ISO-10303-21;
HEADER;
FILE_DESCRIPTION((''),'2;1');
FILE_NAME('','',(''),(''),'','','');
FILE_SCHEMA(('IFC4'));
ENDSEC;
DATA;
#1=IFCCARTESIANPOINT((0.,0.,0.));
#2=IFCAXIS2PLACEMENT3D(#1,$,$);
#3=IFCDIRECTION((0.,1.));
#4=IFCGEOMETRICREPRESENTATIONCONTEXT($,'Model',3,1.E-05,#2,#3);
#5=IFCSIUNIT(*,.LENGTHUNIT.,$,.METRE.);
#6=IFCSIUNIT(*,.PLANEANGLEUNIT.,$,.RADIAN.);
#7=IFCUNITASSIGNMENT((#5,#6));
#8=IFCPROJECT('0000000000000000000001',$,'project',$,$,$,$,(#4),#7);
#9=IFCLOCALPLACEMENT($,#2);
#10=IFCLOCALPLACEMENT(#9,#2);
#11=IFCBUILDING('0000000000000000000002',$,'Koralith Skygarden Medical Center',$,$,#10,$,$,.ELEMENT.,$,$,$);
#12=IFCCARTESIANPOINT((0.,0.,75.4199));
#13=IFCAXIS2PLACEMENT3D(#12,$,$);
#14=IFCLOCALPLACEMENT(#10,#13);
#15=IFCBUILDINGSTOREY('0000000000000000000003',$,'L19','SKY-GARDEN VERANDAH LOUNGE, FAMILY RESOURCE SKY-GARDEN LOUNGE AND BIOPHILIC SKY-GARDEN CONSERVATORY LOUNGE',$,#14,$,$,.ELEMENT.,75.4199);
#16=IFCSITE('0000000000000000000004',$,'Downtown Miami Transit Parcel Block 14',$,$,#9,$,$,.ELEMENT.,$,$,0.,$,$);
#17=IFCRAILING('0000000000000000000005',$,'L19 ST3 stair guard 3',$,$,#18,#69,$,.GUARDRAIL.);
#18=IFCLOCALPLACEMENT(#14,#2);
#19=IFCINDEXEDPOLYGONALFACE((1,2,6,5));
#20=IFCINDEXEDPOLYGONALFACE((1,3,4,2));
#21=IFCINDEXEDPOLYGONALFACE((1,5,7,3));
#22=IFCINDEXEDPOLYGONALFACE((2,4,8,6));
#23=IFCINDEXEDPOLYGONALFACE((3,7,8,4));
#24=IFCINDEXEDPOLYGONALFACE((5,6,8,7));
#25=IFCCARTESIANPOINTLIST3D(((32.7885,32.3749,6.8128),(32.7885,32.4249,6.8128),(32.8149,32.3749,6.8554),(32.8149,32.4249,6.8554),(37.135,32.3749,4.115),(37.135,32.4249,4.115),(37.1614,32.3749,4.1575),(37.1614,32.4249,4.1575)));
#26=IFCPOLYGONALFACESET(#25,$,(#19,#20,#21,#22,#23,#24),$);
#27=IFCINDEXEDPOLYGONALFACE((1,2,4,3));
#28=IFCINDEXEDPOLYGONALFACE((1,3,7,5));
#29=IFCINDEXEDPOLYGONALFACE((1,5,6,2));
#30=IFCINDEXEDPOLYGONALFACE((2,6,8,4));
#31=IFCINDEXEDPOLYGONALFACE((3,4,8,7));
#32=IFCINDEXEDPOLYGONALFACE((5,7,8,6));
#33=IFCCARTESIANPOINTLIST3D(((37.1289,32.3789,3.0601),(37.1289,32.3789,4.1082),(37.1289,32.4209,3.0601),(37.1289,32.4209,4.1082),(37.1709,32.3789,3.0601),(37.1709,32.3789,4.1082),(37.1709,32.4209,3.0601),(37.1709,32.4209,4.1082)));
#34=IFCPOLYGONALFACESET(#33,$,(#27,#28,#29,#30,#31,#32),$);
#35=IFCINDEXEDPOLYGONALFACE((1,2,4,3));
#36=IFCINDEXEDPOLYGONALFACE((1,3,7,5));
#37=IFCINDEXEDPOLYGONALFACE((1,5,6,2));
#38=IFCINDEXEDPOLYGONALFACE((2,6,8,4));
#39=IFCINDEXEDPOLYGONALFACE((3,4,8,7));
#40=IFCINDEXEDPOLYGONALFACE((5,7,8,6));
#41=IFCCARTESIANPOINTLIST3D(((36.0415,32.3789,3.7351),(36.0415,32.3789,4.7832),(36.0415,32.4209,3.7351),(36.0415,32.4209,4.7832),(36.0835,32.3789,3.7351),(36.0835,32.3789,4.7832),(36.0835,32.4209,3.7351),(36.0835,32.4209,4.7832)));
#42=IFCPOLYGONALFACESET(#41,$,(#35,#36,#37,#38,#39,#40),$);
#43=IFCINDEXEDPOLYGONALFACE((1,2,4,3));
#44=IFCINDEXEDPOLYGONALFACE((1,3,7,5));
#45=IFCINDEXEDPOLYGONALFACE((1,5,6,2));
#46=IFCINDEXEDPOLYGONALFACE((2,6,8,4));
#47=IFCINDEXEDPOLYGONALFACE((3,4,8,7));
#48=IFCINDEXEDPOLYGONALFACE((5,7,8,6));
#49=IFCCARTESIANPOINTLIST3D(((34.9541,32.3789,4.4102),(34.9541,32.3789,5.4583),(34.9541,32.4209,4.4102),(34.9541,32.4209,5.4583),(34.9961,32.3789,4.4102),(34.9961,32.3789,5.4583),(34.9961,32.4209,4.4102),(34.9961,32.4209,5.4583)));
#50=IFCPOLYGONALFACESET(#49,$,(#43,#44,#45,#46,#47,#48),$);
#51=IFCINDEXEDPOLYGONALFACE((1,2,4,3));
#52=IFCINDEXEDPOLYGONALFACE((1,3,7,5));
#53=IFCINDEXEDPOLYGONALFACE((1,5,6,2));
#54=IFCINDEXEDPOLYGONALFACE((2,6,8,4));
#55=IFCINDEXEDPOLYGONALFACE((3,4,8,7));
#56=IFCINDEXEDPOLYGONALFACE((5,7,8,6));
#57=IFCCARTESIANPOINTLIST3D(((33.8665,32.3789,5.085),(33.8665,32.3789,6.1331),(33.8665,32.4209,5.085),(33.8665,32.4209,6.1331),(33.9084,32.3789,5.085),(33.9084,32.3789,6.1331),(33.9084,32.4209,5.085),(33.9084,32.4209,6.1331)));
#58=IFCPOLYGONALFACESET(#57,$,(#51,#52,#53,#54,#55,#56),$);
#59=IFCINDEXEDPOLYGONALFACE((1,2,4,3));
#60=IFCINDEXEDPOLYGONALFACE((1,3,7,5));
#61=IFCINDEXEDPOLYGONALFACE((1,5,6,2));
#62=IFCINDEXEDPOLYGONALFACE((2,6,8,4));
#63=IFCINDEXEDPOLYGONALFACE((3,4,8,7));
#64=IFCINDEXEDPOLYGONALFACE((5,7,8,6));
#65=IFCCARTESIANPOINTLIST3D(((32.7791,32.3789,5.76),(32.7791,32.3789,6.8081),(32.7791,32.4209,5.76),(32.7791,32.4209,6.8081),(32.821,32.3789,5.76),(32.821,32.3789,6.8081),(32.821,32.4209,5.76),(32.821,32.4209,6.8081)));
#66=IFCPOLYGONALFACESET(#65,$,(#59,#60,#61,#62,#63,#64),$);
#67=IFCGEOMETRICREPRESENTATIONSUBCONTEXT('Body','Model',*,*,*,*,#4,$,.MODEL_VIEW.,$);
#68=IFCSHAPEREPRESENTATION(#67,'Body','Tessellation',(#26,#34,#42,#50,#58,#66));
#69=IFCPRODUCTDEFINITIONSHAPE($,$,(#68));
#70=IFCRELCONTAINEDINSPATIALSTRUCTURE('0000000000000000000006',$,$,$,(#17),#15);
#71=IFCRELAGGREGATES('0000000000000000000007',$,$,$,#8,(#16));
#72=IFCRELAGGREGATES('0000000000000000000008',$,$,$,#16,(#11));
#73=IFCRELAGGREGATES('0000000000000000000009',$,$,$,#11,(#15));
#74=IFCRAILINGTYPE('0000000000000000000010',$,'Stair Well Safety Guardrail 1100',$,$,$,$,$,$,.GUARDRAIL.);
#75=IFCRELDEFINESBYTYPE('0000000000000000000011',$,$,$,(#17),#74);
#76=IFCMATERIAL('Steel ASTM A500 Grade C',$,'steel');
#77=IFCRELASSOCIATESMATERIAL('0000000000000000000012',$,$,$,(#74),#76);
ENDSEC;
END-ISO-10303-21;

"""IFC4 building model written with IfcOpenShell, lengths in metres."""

from ifc_helpers import new_model, si_unit, direction, frame, origin, origin_2d, place, context, subcontext, project, spatial, rectangle, extrude, material, type_object, element, save


model = new_model("IFC4")

# Units and contexts
model_context = context("Model", 3, precision=1e-05, world=origin(), true_north=direction((0.0, 1.0)))
body_context = subcontext(model_context, "Body", "Model", "MODEL_VIEW")
ifc_project = project(units=[si_unit("LENGTHUNIT", "METRE"), si_unit("PLANEANGLEUNIT", "RADIAN")], contexts=[model_context])

# Site, building, storey
site_placement = place(None, origin())
site = spatial("IfcSite", under=ifc_project, at=site_placement, Name="Downtown Miami Transit Parcel Block 14", CompositionType="ELEMENT", RefElevation=0.0)
building_placement = place(site_placement, origin())
building = spatial("IfcBuilding", under=site, at=building_placement, Name="Koralith Skygarden Medical Center", CompositionType="ELEMENT")
storey_placement = place(building_placement, frame((0.0, 0.0, 75.4199)))
storey = spatial("IfcBuildingStorey", under=building, at=storey_placement, Name="L19", Description="SKY-GARDEN VERANDAH LOUNGE, FAMILY RESOURCE SKY-GARDEN LOUNGE AND BIOPHILIC SKY-GARDEN CONSERVATORY LOUNGE", CompositionType="ELEMENT", Elevation=75.4199)

# Railing
ifc_material_1 = material(Name="Steel ASTM A500 Grade C", Category="steel")
railing_type_1 = type_object("IfcRailingType", Name="Stair Well Safety Guardrail 1100", PredefinedType="GUARDRAIL", material=ifc_material_1)
railing_1_placement = place(storey_placement, frame((37.1499, 32.3999, 3.0601)))
element("IfcRailing", 1, at=railing_1_placement, inside=storey, type_object=railing_type_1, Name="L19 ST3 stair guard 3", PredefinedType="GUARDRAIL", context=body_context, shape_type="SweptSolid", body=[
    extrude(rectangle(XDim=0.05, YDim=0.05, at=origin_2d()), frame((-0.0017, 0.0, 1.0762), z_axis=(-0.849636, 0.0, 0.527369), x_axis=(0.0, -1.0, 0.0)), (0.0, 0.0, 1.0), 5.1157),
    extrude(rectangle(XDim=0.042, YDim=0.042, at=origin_2d()), origin(), (0.0, 0.0, 1.0), 1.0481),
    extrude(rectangle(XDim=0.042, YDim=0.042, at=origin_2d()), frame((-1.0874, 0.0, 0.675)), (0.0, 0.0, 1.0), 1.0481),
    extrude(rectangle(XDim=0.042, YDim=0.042, at=origin_2d()), frame((-2.1748, 0.0, 1.3501)), (0.0, 0.0, 1.0), 1.0481),
    extrude(rectangle(XDim=0.042, YDim=0.042, at=origin_2d()), frame((-3.2625, 0.0, 2.0249)), (0.0, 0.0, 1.0), 1.0481),
    extrude(rectangle(XDim=0.042, YDim=0.042, at=origin_2d()), frame((-4.3499, 0.0, 2.7)), (0.0, 0.0, 1.0), 1.0481),
])

save(model, "model.ifc")
